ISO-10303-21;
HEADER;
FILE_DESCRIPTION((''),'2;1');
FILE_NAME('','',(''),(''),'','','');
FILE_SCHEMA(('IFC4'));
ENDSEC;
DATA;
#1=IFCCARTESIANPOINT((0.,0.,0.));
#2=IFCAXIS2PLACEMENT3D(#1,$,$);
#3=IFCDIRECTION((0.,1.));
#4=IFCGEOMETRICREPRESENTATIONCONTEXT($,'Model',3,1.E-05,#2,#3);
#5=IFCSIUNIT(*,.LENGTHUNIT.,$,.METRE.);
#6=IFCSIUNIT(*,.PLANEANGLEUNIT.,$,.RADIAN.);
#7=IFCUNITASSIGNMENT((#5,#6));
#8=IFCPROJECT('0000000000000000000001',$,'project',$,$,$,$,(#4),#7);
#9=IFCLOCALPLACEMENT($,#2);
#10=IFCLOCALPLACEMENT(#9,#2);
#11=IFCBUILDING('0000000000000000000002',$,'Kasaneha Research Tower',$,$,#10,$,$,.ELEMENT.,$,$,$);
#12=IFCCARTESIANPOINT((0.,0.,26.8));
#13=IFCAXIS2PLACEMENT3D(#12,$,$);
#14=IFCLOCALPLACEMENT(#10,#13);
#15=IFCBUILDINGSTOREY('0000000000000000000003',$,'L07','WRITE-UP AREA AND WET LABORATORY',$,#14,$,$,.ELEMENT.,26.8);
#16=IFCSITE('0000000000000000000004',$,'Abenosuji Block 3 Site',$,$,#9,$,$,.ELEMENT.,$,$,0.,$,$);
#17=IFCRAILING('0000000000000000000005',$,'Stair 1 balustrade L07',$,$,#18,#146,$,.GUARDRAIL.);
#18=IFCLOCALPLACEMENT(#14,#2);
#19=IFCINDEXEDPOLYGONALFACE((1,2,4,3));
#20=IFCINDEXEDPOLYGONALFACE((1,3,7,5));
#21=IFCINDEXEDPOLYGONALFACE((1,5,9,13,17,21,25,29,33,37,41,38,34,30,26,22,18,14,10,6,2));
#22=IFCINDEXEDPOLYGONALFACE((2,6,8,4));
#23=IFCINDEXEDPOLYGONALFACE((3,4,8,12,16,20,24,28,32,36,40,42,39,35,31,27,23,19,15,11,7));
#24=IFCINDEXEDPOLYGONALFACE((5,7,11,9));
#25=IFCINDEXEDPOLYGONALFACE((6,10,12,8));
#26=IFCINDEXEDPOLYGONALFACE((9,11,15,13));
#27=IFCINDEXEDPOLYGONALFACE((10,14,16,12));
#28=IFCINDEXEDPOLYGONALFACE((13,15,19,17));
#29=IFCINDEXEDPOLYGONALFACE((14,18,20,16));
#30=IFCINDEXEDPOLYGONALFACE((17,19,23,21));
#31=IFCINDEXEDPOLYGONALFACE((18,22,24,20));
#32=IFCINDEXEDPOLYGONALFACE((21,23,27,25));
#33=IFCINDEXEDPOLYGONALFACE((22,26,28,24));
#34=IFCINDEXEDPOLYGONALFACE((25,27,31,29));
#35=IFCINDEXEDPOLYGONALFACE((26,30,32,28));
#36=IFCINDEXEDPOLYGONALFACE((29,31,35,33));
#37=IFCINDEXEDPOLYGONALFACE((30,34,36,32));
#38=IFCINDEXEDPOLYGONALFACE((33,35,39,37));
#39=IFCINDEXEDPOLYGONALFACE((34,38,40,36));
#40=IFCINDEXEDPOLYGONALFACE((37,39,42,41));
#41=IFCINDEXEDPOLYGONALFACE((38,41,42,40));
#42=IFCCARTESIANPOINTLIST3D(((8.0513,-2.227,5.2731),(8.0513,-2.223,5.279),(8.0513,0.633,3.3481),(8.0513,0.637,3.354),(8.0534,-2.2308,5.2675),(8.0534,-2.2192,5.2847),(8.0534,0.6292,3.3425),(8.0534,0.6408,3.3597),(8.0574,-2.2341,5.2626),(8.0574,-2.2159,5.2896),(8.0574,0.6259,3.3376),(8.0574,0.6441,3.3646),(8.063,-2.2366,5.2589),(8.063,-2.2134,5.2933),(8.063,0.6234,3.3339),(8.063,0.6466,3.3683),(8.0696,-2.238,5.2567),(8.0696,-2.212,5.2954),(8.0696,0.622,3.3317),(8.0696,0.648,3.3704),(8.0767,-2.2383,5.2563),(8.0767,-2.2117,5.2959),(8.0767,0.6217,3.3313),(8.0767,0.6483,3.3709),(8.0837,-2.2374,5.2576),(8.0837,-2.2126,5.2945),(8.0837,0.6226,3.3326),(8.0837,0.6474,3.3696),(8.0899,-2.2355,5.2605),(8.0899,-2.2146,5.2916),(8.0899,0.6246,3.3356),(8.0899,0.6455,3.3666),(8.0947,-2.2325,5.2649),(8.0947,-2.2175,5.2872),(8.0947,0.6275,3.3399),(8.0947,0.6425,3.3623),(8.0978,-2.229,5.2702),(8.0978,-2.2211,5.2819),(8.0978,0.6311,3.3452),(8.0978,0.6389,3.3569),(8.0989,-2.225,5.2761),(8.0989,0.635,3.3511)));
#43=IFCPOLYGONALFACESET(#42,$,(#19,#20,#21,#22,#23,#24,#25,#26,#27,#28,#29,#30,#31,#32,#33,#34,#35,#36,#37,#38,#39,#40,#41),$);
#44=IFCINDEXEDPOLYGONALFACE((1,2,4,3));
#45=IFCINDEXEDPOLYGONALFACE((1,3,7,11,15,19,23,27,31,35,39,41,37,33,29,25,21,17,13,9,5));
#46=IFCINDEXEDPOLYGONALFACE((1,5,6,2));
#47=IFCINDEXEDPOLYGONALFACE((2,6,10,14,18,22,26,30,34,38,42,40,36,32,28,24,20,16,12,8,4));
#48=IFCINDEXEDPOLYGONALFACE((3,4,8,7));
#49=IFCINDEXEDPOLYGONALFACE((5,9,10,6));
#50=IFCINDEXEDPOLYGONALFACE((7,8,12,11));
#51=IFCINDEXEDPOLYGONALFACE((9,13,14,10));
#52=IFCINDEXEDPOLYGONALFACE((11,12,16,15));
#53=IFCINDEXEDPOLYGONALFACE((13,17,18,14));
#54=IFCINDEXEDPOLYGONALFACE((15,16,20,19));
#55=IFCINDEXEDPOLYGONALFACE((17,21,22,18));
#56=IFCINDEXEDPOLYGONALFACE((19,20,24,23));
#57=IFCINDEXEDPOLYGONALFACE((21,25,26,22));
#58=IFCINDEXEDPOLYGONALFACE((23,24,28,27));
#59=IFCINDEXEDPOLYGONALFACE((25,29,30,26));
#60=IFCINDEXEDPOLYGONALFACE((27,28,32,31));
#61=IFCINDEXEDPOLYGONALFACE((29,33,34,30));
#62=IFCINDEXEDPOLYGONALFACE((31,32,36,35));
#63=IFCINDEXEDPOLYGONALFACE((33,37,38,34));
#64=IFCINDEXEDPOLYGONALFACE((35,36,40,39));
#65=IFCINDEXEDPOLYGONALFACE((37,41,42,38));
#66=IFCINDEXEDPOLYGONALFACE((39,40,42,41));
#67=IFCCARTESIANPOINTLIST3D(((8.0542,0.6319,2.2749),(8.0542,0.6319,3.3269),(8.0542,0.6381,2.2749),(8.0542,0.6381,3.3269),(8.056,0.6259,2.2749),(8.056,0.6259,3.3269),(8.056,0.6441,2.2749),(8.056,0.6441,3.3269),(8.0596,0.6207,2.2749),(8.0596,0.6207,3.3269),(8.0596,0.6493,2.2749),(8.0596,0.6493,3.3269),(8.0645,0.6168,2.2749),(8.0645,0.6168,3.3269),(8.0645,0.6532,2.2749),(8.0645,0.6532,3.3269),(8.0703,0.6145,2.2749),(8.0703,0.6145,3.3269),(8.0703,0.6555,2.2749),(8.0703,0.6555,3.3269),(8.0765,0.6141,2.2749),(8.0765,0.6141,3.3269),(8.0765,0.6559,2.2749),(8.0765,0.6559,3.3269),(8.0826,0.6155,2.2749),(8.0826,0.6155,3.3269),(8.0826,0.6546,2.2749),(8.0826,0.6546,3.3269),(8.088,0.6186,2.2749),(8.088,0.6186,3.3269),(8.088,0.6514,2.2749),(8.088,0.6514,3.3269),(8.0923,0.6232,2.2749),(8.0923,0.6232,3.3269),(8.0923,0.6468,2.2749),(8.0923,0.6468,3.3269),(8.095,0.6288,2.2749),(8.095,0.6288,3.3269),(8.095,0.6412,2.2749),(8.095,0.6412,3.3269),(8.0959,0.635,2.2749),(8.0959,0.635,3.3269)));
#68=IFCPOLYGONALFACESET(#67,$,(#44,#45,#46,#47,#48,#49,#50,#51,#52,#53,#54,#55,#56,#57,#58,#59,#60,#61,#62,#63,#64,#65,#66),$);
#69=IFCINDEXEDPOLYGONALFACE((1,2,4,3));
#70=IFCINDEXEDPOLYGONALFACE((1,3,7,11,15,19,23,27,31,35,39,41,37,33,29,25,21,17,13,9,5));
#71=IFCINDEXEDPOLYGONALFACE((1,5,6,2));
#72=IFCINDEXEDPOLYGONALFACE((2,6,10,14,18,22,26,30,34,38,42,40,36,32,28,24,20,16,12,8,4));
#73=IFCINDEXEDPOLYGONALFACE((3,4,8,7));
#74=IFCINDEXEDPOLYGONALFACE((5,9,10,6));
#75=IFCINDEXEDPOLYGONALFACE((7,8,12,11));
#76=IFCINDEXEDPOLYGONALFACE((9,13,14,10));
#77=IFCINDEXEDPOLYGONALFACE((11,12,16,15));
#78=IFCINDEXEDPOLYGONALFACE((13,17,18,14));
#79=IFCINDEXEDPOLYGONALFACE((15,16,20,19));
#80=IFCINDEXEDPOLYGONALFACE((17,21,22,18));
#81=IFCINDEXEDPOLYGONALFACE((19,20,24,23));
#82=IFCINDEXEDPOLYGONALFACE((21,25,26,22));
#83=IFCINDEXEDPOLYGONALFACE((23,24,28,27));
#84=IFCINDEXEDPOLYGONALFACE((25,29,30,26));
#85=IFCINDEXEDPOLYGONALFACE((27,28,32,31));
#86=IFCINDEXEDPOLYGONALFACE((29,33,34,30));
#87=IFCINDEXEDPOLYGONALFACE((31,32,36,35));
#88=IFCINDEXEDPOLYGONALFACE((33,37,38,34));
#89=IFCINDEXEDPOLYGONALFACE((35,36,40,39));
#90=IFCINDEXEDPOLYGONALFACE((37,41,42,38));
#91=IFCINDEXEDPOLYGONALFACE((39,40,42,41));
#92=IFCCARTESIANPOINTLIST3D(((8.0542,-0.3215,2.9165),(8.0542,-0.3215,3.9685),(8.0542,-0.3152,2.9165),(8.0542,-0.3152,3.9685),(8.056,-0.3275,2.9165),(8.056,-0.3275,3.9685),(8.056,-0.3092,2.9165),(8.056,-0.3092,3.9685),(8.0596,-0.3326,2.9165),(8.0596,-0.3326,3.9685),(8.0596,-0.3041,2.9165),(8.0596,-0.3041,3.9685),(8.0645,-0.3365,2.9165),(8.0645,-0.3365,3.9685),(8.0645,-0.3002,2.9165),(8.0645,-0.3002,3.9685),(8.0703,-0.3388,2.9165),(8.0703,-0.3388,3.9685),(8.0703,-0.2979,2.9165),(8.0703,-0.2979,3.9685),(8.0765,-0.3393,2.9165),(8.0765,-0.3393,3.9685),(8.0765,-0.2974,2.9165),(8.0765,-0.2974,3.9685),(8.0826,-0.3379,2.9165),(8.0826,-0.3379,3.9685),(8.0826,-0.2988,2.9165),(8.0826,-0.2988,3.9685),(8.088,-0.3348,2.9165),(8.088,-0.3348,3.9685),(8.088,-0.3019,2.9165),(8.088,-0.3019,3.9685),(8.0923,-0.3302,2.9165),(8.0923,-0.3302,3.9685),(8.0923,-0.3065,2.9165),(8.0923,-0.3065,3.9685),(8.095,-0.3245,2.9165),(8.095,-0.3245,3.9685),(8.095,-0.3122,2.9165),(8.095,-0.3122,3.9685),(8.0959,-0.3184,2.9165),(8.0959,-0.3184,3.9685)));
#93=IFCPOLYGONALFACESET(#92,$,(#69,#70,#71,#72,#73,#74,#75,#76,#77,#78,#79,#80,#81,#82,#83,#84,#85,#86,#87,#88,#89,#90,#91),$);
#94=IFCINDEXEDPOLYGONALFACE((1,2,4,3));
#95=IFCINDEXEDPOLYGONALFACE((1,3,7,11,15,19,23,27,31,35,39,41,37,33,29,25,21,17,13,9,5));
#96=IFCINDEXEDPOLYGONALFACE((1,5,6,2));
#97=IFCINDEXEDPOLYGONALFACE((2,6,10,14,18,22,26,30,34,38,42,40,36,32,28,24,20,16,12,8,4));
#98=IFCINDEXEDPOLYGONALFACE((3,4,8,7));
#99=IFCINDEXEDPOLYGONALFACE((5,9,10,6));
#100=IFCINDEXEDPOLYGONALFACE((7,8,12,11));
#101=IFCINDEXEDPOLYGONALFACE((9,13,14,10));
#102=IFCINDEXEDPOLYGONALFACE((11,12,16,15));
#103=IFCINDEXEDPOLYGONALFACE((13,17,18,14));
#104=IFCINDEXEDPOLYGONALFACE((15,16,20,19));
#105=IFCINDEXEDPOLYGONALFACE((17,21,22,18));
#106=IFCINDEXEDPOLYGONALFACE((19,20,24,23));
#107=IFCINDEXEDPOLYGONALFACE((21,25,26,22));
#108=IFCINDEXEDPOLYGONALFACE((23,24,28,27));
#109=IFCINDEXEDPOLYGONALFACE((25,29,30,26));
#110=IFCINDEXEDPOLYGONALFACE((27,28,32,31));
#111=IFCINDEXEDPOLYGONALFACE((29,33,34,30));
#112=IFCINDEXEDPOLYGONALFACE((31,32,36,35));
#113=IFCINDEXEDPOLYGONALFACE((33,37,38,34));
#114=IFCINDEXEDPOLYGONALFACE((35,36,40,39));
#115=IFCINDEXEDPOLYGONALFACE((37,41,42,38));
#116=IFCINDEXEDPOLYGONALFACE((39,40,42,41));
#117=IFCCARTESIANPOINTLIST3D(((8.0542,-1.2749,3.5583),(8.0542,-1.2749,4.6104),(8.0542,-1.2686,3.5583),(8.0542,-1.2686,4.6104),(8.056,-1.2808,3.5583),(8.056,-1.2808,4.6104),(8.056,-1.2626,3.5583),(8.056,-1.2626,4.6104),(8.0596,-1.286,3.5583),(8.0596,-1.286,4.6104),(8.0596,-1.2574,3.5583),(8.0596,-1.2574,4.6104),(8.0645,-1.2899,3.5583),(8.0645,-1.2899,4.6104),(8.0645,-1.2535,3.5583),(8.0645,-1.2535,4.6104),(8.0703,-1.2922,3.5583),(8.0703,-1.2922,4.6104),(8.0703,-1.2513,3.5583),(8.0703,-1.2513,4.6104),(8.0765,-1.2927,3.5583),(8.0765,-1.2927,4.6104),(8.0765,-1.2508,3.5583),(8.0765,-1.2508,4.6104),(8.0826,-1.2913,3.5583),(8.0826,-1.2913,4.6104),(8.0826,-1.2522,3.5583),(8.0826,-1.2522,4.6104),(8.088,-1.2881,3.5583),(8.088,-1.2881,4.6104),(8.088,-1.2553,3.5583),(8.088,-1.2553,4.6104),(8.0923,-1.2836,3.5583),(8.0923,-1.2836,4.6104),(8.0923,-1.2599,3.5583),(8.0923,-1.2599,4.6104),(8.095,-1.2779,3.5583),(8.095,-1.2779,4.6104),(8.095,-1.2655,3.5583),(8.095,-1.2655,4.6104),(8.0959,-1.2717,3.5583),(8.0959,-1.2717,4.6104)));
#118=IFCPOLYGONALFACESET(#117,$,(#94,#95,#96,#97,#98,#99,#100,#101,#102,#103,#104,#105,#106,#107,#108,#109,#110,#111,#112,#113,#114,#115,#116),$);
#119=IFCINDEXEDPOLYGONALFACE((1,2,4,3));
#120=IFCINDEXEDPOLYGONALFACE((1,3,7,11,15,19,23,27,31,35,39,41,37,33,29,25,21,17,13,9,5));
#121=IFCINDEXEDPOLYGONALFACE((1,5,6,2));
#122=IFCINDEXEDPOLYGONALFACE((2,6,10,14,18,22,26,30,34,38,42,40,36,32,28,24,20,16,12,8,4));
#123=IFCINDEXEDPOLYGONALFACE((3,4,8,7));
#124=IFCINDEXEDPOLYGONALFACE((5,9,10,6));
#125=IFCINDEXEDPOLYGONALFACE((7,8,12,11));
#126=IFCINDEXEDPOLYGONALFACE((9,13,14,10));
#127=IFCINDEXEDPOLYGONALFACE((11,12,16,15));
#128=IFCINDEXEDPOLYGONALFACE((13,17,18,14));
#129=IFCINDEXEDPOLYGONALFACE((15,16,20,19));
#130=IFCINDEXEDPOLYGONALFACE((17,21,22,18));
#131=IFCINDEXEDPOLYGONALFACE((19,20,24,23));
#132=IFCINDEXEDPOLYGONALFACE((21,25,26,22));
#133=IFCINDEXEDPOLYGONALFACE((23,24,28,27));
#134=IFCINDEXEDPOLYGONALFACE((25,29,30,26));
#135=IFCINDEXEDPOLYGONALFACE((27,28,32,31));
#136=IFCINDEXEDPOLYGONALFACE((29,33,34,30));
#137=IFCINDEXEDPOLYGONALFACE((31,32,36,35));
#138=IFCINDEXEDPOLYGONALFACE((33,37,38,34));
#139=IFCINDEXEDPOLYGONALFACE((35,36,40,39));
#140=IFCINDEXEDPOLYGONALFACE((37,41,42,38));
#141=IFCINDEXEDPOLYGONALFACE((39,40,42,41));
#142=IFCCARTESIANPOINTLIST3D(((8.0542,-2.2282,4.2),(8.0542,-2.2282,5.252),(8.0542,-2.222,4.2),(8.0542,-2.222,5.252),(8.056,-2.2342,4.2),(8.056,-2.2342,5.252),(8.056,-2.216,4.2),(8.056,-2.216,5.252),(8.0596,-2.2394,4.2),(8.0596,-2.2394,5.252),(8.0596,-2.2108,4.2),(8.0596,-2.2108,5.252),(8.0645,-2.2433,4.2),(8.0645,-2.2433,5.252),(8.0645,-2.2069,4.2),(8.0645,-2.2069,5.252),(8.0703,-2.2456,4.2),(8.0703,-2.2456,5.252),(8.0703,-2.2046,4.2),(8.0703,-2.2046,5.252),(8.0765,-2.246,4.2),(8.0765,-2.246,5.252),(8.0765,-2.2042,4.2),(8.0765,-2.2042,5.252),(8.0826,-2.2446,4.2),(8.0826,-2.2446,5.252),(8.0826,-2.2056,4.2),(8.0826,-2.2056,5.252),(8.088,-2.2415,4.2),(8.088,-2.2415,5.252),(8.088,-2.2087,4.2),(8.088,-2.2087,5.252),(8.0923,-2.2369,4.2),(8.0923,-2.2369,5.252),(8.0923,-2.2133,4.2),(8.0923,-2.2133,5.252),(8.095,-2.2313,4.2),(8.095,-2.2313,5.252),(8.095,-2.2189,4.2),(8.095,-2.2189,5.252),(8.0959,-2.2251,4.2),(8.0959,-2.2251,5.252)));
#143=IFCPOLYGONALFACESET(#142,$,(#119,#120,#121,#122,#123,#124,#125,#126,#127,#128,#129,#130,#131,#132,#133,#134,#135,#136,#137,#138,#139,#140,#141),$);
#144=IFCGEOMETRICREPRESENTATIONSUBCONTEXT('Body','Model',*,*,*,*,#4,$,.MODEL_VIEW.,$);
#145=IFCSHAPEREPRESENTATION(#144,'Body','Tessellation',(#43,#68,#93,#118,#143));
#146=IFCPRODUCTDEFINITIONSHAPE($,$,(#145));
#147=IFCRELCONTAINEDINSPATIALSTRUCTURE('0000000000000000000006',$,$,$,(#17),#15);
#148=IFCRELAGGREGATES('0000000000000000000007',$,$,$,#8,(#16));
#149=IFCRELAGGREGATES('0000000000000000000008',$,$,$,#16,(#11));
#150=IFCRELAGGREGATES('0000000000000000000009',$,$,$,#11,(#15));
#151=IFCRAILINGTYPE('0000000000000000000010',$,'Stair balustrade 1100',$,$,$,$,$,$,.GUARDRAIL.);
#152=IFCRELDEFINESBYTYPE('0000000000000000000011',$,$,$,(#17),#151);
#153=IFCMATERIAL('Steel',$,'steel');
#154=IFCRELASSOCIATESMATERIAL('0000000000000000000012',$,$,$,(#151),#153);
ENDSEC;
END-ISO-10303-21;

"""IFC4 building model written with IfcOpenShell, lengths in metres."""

from ifc_helpers import new_model, si_unit, direction, frame, origin, origin_2d, place, context, subcontext, project, spatial, circle, extrude, material, type_object, element, save


model = new_model("IFC4")

# Units and contexts
model_context = context("Model", 3, precision=1e-05, world=origin(), true_north=direction((0.0, 1.0)))
body_context = subcontext(model_context, "Body", "Model", "MODEL_VIEW")
ifc_project = project(units=[si_unit("LENGTHUNIT", "METRE"), si_unit("PLANEANGLEUNIT", "RADIAN")], contexts=[model_context])

# Site, building, storey
site_placement = place(None, origin())
site = spatial("IfcSite", under=ifc_project, at=site_placement, Name="Abenosuji Block 3 Site", CompositionType="ELEMENT", RefElevation=0.0)
building_placement = place(site_placement, origin())
building = spatial("IfcBuilding", under=site, at=building_placement, Name="Kasaneha Research Tower", CompositionType="ELEMENT")
storey_placement = place(building_placement, frame((0.0, 0.0, 26.8)))
storey = spatial("IfcBuildingStorey", under=building, at=storey_placement, Name="L07", Description="WRITE-UP AREA AND WET LABORATORY", CompositionType="ELEMENT", Elevation=26.8)

# Railing
ifc_material_1 = material(Name="Steel", Category="steel")
railing_type_1 = type_object("IfcRailingType", Name="Stair balustrade 1100", PredefinedType="GUARDRAIL", material=ifc_material_1)
railing_1_placement = place(storey_placement, frame((8.075, 0.635, 2.2749)))
element("IfcRailing", 1, at=railing_1_placement, inside=storey, type_object=railing_type_1, Name="Stair 1 balustrade L07", PredefinedType="GUARDRAIL", context=body_context, shape_type="SweptSolid", body=[
    extrude(circle(Radius=0.0239, at=origin_2d()), frame((0.0, 0.0, 1.0762), z_axis=(0.0, -0.829591, 0.558372), x_axis=(1.0, 0.0, 0.0)), (0.0, 0.0, 1.0), 3.4475),
    extrude(circle(Radius=0.021, at=origin_2d()), origin(), (0.0, 0.0, 1.0), 1.052),
    extrude(circle(Radius=0.021, at=origin_2d()), frame((0.0, -0.9534, 0.6416)), (0.0, 0.0, 1.0), 1.052),
    extrude(circle(Radius=0.021, at=origin_2d()), frame((0.0, -1.9067, 1.2834)), (0.0, 0.0, 1.0), 1.052),
    extrude(circle(Radius=0.021, at=origin_2d()), frame((0.0, -2.8601, 1.925)), (0.0, 0.0, 1.0), 1.052),
])

save(model, "model.ifc")
